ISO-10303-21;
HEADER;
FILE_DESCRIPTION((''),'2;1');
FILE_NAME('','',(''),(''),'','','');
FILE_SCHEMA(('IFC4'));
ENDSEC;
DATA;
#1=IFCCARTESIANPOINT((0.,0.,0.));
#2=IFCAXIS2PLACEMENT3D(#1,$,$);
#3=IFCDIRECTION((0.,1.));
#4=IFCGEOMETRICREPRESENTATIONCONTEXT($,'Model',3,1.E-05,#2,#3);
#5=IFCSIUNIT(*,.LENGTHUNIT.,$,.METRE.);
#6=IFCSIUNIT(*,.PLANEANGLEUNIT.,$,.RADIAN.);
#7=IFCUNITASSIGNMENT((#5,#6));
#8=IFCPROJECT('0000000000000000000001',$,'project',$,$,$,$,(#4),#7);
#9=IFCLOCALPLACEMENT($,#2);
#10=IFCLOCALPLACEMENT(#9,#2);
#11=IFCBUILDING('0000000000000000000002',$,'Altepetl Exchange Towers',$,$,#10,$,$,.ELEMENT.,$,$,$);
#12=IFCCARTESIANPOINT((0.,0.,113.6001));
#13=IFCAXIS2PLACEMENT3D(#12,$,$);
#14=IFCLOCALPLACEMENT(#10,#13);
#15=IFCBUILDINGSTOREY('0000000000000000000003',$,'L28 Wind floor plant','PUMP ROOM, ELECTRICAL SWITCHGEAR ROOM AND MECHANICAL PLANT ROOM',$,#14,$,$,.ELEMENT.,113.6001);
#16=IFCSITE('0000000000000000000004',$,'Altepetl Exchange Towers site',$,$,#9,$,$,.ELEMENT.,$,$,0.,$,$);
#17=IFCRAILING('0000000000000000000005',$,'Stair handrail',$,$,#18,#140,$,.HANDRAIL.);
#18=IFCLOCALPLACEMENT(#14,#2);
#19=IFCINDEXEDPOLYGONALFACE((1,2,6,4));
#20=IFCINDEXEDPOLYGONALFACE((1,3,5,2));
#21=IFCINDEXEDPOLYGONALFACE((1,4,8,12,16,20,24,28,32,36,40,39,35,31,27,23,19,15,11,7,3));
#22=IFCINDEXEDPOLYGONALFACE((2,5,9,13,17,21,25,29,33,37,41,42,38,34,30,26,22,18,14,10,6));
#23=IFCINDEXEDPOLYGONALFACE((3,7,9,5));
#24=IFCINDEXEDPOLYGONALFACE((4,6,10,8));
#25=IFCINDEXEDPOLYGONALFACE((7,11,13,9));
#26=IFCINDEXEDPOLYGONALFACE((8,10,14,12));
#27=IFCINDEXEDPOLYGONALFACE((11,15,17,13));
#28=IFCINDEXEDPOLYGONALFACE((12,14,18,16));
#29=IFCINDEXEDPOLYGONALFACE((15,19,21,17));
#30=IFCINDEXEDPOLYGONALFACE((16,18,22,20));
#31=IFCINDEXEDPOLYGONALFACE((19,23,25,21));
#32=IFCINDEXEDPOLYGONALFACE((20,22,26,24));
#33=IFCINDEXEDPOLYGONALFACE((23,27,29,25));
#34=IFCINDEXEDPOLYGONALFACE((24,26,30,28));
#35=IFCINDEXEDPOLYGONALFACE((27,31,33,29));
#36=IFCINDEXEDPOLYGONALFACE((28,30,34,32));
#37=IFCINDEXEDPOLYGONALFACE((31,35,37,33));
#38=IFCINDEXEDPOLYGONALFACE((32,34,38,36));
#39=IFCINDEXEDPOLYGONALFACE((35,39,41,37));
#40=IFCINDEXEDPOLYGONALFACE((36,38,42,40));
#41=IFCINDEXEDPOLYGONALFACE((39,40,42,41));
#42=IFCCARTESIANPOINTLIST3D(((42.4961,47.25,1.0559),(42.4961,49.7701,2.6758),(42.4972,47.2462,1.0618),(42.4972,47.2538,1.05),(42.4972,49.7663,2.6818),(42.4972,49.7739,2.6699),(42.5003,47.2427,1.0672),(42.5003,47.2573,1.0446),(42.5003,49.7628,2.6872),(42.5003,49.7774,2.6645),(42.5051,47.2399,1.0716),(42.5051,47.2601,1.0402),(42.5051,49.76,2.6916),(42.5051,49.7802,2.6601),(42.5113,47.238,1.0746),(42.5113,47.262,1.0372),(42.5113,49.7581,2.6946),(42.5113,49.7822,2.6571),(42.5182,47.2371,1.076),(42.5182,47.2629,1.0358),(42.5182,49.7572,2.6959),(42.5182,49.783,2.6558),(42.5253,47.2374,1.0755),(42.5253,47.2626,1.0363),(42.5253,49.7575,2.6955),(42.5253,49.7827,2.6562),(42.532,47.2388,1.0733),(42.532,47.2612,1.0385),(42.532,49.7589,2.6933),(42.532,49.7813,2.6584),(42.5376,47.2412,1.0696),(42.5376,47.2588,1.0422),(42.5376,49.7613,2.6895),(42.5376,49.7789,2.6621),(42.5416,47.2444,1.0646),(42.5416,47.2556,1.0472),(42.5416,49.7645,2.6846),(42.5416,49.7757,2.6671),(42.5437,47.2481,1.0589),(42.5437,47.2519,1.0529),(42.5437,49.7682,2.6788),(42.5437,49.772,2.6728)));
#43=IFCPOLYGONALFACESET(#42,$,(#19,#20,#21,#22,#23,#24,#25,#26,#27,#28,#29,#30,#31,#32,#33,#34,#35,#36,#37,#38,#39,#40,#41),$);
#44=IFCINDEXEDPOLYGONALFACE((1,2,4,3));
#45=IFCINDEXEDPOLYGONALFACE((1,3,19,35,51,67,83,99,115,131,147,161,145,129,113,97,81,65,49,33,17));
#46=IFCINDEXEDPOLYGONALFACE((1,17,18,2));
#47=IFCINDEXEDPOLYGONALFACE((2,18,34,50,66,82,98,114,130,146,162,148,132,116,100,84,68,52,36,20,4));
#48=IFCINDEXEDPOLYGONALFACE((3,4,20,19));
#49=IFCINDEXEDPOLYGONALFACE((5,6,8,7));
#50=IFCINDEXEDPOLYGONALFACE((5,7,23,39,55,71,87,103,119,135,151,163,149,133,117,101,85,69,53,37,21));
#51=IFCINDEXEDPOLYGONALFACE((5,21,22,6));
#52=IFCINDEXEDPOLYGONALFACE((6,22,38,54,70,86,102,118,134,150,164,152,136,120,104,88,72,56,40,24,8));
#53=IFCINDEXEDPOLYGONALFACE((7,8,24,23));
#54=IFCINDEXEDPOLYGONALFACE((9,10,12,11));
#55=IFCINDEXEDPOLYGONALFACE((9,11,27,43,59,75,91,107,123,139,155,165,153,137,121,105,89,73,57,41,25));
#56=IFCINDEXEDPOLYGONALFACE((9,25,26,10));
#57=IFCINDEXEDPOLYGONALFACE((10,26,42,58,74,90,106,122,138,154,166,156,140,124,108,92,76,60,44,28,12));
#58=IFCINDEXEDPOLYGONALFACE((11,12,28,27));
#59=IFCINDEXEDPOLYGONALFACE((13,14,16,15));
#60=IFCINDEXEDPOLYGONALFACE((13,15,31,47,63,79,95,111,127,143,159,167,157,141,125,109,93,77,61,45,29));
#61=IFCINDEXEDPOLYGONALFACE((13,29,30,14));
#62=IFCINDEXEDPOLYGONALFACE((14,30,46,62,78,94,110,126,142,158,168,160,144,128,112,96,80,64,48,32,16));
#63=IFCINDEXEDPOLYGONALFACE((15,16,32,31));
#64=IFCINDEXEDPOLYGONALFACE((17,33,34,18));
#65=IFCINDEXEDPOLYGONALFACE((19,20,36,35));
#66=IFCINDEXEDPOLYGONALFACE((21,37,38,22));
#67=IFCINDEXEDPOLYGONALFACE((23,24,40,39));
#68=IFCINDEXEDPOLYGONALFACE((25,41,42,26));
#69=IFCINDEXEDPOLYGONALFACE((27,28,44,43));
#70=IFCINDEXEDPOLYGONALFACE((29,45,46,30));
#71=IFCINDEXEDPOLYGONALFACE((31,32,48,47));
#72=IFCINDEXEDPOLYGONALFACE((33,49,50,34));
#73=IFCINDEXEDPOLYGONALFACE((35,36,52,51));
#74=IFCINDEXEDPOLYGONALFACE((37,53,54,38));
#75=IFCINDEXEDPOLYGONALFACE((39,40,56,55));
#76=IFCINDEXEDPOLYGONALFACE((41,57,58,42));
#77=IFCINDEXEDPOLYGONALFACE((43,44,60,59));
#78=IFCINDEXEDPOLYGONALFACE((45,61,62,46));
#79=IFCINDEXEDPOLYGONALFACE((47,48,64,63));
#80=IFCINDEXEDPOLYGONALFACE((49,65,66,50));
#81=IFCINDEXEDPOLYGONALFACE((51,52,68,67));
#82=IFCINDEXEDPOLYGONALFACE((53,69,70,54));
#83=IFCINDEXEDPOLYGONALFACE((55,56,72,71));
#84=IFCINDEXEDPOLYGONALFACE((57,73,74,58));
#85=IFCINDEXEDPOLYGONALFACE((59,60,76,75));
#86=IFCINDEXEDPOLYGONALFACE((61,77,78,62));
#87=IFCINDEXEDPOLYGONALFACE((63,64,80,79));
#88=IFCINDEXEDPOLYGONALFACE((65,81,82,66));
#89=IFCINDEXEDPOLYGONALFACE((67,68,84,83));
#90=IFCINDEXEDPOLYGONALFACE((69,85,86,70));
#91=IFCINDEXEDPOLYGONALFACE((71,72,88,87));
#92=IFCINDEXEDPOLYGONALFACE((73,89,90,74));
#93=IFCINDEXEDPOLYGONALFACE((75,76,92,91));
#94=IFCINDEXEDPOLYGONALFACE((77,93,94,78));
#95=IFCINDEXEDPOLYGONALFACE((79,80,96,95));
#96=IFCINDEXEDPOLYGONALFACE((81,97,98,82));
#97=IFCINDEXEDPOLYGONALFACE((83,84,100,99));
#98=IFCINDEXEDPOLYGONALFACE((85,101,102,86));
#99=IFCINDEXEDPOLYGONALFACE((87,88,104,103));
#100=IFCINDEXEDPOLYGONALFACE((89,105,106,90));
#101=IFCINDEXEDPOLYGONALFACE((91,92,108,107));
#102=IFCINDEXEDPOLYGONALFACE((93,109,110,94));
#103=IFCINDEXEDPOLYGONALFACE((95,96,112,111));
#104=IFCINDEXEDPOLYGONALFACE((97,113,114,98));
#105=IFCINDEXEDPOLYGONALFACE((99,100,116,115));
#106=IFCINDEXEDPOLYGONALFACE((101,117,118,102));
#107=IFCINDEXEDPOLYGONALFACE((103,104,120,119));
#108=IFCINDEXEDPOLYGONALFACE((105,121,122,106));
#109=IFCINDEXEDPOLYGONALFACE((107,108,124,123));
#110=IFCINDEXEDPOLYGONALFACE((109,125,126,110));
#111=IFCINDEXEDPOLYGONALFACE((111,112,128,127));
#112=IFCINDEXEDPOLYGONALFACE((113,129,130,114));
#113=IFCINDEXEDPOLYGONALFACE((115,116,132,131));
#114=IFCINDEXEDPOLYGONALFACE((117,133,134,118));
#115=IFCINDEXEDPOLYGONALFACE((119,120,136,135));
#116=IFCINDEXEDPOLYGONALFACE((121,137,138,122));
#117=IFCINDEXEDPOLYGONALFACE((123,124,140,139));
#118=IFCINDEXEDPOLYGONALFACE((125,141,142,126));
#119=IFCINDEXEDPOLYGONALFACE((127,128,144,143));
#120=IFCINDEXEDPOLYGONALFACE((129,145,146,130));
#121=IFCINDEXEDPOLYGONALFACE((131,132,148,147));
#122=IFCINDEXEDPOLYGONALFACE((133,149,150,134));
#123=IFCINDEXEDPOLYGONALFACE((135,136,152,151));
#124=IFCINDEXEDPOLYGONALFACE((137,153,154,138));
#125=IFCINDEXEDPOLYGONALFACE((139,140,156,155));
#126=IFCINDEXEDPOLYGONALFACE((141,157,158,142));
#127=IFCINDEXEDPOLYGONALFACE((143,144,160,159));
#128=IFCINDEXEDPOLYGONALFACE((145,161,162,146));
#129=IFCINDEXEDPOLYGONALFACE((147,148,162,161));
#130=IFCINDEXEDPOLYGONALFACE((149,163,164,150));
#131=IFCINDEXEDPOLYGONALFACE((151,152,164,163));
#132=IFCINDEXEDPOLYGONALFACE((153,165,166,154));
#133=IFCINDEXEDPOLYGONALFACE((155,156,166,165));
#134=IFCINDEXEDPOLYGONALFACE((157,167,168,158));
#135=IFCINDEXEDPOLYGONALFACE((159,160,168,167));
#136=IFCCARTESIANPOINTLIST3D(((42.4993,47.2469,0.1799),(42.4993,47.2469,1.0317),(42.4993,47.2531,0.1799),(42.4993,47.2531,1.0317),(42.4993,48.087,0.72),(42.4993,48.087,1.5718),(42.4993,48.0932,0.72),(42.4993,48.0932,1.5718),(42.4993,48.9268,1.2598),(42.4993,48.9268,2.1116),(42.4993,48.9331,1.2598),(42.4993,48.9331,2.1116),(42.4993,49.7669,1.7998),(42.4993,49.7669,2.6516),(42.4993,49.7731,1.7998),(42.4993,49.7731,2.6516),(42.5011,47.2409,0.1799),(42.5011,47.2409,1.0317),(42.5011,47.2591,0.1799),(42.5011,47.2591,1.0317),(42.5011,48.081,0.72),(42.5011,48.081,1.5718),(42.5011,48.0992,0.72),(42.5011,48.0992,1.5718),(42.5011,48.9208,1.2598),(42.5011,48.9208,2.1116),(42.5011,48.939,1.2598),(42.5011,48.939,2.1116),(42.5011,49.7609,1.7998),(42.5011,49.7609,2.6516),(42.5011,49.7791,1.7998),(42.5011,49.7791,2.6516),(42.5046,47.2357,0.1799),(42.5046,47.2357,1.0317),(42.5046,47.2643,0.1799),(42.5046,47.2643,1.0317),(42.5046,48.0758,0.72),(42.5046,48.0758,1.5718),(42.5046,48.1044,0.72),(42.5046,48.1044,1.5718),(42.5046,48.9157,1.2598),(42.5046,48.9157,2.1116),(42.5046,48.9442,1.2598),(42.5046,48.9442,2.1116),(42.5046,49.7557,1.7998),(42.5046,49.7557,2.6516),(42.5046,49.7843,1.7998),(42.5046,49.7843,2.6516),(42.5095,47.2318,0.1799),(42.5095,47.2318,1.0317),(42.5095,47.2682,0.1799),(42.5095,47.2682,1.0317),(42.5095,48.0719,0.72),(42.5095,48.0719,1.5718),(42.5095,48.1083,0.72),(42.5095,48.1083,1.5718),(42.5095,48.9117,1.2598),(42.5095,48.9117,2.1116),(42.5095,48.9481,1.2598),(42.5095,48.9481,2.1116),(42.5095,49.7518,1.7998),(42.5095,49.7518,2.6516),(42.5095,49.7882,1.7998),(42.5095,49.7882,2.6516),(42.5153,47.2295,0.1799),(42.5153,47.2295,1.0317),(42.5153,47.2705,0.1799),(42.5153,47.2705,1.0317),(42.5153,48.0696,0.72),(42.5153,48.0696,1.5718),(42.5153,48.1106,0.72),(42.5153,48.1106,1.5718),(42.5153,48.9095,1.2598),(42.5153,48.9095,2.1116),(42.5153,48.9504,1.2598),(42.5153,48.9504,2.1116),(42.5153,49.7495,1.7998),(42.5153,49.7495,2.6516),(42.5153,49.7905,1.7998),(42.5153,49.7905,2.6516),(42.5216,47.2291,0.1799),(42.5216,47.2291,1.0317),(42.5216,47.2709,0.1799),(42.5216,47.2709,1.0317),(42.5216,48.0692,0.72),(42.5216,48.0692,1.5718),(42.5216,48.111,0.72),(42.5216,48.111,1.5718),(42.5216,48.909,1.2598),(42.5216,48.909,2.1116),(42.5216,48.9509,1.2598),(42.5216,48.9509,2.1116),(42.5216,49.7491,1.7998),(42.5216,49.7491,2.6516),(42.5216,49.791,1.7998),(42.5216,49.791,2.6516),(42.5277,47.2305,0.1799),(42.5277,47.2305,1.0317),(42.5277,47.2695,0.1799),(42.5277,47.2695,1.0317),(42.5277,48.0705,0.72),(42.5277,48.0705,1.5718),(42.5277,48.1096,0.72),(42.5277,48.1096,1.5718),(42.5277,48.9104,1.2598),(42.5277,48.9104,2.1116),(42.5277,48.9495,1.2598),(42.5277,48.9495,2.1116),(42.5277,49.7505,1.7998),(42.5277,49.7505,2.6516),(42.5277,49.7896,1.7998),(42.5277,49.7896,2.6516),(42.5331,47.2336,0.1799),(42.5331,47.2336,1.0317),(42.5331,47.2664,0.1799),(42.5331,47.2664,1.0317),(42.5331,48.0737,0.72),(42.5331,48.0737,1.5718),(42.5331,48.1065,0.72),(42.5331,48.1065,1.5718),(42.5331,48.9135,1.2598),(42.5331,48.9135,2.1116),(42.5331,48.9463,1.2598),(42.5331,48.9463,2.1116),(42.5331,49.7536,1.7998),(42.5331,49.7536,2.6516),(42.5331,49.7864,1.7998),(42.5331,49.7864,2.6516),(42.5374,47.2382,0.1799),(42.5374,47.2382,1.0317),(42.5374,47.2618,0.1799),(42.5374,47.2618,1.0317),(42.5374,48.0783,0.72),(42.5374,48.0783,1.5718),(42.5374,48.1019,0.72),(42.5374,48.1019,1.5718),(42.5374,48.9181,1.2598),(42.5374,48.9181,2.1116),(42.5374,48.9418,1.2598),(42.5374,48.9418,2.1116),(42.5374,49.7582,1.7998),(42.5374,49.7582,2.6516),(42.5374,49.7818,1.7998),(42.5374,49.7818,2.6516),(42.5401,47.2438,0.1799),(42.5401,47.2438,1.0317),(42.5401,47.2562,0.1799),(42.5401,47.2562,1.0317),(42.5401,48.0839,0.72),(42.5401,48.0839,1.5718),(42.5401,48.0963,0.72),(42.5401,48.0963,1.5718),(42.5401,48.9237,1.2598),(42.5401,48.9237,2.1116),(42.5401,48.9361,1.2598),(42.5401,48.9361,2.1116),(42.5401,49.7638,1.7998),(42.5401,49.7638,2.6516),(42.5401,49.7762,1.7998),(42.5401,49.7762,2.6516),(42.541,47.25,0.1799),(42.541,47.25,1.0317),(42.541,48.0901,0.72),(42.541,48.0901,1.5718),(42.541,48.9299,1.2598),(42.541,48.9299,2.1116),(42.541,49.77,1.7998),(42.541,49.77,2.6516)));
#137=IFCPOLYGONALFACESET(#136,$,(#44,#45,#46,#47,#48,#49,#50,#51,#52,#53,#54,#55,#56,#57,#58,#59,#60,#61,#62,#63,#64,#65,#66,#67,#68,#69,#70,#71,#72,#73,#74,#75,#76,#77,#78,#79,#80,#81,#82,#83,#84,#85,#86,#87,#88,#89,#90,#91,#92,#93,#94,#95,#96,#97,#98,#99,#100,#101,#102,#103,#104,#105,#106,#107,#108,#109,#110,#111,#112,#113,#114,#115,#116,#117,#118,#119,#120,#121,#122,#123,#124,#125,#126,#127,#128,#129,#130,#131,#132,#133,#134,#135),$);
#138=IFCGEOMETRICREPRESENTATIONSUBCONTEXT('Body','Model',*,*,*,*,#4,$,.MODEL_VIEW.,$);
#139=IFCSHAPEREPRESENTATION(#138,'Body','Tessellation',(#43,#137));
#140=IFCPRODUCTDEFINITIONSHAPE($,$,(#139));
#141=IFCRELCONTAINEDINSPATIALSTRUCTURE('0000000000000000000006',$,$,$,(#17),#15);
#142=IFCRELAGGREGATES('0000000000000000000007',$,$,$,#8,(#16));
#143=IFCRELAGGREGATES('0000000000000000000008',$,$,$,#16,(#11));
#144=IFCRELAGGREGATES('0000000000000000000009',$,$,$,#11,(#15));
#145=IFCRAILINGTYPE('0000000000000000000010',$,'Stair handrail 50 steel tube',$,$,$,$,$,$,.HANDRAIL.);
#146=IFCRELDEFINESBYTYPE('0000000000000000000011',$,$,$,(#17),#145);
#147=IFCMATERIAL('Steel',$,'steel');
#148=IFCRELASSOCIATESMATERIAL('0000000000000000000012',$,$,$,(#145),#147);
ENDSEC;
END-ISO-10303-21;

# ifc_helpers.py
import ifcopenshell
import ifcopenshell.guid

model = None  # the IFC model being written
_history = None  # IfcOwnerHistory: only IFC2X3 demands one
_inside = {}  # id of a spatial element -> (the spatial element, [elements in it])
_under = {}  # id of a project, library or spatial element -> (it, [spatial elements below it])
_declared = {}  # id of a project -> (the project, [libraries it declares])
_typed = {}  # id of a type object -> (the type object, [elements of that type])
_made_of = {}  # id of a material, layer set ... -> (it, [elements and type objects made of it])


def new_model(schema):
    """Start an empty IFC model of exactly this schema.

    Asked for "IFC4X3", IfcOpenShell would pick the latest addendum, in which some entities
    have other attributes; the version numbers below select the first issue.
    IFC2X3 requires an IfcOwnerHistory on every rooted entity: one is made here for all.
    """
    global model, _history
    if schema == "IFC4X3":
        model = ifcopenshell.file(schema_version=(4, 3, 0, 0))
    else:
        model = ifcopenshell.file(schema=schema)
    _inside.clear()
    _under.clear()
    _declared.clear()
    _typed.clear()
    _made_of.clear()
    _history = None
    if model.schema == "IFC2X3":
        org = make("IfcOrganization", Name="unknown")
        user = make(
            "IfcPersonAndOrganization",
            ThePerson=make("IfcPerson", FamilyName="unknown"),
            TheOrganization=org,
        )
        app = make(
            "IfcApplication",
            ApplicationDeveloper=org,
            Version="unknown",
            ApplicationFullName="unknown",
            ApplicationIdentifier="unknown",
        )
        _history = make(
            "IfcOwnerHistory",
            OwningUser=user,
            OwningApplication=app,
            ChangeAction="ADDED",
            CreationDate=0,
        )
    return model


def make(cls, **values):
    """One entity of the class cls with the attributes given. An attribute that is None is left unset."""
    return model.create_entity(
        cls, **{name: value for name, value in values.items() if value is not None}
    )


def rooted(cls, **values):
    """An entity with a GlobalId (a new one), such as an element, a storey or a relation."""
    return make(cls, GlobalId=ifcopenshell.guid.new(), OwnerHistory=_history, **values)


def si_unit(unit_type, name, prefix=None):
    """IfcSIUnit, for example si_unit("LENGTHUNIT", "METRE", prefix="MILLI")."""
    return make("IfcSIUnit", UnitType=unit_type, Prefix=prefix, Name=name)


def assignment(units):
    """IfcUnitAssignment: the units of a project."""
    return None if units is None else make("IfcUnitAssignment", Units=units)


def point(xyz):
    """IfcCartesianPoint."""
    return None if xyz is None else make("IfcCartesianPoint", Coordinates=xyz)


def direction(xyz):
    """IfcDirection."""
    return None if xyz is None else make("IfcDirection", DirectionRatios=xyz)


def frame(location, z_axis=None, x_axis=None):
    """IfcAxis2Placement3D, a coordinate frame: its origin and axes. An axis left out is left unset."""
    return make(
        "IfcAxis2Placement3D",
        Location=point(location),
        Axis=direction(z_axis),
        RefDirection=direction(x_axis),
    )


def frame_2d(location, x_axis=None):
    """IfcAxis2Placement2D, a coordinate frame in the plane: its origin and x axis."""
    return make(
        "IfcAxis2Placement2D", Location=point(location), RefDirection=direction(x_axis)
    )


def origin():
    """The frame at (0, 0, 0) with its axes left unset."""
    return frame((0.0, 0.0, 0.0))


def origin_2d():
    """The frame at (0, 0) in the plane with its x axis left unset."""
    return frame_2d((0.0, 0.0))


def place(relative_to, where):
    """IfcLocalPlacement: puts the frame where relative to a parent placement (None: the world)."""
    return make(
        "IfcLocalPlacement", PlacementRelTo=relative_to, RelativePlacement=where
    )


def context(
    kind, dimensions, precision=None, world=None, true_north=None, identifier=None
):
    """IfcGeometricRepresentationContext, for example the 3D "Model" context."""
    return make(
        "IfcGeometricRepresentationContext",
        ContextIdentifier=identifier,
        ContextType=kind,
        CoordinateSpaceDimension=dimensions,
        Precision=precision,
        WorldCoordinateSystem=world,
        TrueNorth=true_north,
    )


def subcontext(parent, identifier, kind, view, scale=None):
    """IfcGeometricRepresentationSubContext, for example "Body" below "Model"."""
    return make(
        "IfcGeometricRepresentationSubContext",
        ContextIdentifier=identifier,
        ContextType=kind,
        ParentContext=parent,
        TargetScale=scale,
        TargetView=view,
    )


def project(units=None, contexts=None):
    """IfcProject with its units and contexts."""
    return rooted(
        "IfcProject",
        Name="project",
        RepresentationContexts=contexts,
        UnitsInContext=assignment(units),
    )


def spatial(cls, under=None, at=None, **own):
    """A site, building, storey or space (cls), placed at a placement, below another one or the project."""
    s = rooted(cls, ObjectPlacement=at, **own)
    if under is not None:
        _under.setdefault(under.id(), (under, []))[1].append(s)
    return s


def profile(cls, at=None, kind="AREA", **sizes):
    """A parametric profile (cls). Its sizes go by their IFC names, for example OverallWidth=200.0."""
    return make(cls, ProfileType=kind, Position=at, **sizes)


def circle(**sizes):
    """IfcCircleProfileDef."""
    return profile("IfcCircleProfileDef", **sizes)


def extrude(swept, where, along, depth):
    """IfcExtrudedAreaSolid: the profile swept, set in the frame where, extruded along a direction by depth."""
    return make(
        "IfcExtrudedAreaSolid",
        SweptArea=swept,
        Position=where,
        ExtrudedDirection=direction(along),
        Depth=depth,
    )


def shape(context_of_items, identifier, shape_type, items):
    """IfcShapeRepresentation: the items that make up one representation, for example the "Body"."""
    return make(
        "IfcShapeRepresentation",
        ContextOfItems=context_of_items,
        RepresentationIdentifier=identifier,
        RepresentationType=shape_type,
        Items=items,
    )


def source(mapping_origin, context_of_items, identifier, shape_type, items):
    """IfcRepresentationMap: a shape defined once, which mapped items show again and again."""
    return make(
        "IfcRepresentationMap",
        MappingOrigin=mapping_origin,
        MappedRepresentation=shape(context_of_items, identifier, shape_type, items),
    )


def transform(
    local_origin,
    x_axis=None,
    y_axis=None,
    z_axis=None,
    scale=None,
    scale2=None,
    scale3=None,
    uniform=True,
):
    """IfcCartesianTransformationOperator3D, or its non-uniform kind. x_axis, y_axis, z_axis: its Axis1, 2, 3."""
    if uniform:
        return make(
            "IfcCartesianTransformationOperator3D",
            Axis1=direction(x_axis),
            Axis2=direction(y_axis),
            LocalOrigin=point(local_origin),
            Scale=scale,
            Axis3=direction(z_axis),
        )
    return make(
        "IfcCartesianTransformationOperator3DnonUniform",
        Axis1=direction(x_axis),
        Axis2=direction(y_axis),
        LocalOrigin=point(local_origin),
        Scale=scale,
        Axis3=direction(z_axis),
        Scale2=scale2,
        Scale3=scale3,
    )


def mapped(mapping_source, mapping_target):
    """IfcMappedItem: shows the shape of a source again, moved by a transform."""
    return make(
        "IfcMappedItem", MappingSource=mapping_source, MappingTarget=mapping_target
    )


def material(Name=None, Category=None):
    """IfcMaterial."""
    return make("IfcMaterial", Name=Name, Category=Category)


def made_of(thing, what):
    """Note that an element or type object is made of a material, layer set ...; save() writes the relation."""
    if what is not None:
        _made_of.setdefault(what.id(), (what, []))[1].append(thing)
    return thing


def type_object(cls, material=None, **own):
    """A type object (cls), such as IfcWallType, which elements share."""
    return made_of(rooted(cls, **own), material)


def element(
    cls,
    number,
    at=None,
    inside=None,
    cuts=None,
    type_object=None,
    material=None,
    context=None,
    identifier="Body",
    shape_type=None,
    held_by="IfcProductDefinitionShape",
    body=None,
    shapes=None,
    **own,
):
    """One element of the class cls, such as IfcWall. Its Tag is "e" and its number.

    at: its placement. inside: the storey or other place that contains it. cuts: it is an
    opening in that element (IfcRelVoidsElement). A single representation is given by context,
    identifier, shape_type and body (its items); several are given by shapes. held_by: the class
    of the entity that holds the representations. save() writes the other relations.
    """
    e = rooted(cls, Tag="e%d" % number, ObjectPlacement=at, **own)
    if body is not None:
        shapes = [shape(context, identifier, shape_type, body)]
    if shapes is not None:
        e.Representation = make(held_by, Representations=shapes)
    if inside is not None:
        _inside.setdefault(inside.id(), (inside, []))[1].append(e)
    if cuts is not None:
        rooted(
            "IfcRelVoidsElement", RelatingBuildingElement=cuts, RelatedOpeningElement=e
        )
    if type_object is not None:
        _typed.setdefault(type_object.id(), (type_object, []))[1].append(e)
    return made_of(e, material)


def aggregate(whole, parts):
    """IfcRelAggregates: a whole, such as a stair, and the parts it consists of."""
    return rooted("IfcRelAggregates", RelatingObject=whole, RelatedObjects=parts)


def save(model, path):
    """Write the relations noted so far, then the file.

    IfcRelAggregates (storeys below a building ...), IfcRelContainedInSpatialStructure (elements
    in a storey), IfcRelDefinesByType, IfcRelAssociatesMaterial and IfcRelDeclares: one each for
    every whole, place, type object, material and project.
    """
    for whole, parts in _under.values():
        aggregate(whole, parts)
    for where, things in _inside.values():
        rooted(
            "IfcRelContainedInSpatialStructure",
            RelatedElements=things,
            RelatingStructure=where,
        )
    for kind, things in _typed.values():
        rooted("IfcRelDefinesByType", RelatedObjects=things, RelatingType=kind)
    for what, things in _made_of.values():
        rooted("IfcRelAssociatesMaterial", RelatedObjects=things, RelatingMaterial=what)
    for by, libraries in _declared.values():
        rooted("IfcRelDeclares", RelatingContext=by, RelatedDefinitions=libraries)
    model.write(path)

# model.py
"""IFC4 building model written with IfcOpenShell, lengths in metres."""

from ifc_helpers import new_model, si_unit, direction, frame, origin, origin_2d, place, context, subcontext, project, spatial, circle, extrude, source, transform, mapped, material, type_object, element, save


model = new_model("IFC4")

# Units and contexts
model_context = context("Model", 3, precision=1e-05, world=origin(), true_north=direction((0.0, 1.0)))
body_context = subcontext(model_context, "Body", "Model", "MODEL_VIEW")
ifc_project = project(units=[si_unit("LENGTHUNIT", "METRE"), si_unit("PLANEANGLEUNIT", "RADIAN")], contexts=[model_context])

# Site, building, storey
site_placement = place(None, origin())
site = spatial("IfcSite", under=ifc_project, at=site_placement, Name="Altepetl Exchange Towers site", CompositionType="ELEMENT", RefElevation=0.0)
building_placement = place(site_placement, origin())
building = spatial("IfcBuilding", under=site, at=building_placement, Name="Altepetl Exchange Towers", CompositionType="ELEMENT")
storey_placement = place(building_placement, frame((0.0, 0.0, 113.6001)))
storey = spatial("IfcBuildingStorey", under=building, at=storey_placement, Name="L28 Wind floor plant", Description="PUMP ROOM, ELECTRICAL SWITCHGEAR ROOM AND MECHANICAL PLANT ROOM", CompositionType="ELEMENT", Elevation=113.6001)

# Railing
ifc_material_1 = material(Name="Steel", Category="steel")
railing_type = type_object("IfcRailingType", Name="Stair handrail 50 steel tube", PredefinedType="HANDRAIL", material=ifc_material_1)
shared_shape = source(origin(), body_context, "Body", "SweptSolid", [
    extrude(circle(Radius=0.021, at=origin_2d()), origin(), (0.0, 0.0, 1.0), 0.8518),
])
railing_1_placement = place(storey_placement, frame((42.52, 47.25, 0.1799)))
element("IfcRailing", 1, at=railing_1_placement, inside=storey, type_object=railing_type, Name="Stair handrail", PredefinedType="HANDRAIL", context=body_context, shape_type="SweptSolid", body=[
    extrude(circle(Radius=0.0239, at=origin_2d()), frame((0.0, 0.0, 0.876), z_axis=(0.0, 0.8412, 0.540725), x_axis=(-1.0, 0.0, 0.0)), (0.0, 0.0, 1.0), 2.9958),
    mapped(shared_shape, transform((0.0, 0.0, 0.0))),
    mapped(shared_shape, transform((0.0, 0.8401, 0.54))),
    mapped(shared_shape, transform((0.0, 1.6799, 1.0798))),
    mapped(shared_shape, transform((0.0, 2.52, 1.6199))),
])

save(model, "model.ifc")
